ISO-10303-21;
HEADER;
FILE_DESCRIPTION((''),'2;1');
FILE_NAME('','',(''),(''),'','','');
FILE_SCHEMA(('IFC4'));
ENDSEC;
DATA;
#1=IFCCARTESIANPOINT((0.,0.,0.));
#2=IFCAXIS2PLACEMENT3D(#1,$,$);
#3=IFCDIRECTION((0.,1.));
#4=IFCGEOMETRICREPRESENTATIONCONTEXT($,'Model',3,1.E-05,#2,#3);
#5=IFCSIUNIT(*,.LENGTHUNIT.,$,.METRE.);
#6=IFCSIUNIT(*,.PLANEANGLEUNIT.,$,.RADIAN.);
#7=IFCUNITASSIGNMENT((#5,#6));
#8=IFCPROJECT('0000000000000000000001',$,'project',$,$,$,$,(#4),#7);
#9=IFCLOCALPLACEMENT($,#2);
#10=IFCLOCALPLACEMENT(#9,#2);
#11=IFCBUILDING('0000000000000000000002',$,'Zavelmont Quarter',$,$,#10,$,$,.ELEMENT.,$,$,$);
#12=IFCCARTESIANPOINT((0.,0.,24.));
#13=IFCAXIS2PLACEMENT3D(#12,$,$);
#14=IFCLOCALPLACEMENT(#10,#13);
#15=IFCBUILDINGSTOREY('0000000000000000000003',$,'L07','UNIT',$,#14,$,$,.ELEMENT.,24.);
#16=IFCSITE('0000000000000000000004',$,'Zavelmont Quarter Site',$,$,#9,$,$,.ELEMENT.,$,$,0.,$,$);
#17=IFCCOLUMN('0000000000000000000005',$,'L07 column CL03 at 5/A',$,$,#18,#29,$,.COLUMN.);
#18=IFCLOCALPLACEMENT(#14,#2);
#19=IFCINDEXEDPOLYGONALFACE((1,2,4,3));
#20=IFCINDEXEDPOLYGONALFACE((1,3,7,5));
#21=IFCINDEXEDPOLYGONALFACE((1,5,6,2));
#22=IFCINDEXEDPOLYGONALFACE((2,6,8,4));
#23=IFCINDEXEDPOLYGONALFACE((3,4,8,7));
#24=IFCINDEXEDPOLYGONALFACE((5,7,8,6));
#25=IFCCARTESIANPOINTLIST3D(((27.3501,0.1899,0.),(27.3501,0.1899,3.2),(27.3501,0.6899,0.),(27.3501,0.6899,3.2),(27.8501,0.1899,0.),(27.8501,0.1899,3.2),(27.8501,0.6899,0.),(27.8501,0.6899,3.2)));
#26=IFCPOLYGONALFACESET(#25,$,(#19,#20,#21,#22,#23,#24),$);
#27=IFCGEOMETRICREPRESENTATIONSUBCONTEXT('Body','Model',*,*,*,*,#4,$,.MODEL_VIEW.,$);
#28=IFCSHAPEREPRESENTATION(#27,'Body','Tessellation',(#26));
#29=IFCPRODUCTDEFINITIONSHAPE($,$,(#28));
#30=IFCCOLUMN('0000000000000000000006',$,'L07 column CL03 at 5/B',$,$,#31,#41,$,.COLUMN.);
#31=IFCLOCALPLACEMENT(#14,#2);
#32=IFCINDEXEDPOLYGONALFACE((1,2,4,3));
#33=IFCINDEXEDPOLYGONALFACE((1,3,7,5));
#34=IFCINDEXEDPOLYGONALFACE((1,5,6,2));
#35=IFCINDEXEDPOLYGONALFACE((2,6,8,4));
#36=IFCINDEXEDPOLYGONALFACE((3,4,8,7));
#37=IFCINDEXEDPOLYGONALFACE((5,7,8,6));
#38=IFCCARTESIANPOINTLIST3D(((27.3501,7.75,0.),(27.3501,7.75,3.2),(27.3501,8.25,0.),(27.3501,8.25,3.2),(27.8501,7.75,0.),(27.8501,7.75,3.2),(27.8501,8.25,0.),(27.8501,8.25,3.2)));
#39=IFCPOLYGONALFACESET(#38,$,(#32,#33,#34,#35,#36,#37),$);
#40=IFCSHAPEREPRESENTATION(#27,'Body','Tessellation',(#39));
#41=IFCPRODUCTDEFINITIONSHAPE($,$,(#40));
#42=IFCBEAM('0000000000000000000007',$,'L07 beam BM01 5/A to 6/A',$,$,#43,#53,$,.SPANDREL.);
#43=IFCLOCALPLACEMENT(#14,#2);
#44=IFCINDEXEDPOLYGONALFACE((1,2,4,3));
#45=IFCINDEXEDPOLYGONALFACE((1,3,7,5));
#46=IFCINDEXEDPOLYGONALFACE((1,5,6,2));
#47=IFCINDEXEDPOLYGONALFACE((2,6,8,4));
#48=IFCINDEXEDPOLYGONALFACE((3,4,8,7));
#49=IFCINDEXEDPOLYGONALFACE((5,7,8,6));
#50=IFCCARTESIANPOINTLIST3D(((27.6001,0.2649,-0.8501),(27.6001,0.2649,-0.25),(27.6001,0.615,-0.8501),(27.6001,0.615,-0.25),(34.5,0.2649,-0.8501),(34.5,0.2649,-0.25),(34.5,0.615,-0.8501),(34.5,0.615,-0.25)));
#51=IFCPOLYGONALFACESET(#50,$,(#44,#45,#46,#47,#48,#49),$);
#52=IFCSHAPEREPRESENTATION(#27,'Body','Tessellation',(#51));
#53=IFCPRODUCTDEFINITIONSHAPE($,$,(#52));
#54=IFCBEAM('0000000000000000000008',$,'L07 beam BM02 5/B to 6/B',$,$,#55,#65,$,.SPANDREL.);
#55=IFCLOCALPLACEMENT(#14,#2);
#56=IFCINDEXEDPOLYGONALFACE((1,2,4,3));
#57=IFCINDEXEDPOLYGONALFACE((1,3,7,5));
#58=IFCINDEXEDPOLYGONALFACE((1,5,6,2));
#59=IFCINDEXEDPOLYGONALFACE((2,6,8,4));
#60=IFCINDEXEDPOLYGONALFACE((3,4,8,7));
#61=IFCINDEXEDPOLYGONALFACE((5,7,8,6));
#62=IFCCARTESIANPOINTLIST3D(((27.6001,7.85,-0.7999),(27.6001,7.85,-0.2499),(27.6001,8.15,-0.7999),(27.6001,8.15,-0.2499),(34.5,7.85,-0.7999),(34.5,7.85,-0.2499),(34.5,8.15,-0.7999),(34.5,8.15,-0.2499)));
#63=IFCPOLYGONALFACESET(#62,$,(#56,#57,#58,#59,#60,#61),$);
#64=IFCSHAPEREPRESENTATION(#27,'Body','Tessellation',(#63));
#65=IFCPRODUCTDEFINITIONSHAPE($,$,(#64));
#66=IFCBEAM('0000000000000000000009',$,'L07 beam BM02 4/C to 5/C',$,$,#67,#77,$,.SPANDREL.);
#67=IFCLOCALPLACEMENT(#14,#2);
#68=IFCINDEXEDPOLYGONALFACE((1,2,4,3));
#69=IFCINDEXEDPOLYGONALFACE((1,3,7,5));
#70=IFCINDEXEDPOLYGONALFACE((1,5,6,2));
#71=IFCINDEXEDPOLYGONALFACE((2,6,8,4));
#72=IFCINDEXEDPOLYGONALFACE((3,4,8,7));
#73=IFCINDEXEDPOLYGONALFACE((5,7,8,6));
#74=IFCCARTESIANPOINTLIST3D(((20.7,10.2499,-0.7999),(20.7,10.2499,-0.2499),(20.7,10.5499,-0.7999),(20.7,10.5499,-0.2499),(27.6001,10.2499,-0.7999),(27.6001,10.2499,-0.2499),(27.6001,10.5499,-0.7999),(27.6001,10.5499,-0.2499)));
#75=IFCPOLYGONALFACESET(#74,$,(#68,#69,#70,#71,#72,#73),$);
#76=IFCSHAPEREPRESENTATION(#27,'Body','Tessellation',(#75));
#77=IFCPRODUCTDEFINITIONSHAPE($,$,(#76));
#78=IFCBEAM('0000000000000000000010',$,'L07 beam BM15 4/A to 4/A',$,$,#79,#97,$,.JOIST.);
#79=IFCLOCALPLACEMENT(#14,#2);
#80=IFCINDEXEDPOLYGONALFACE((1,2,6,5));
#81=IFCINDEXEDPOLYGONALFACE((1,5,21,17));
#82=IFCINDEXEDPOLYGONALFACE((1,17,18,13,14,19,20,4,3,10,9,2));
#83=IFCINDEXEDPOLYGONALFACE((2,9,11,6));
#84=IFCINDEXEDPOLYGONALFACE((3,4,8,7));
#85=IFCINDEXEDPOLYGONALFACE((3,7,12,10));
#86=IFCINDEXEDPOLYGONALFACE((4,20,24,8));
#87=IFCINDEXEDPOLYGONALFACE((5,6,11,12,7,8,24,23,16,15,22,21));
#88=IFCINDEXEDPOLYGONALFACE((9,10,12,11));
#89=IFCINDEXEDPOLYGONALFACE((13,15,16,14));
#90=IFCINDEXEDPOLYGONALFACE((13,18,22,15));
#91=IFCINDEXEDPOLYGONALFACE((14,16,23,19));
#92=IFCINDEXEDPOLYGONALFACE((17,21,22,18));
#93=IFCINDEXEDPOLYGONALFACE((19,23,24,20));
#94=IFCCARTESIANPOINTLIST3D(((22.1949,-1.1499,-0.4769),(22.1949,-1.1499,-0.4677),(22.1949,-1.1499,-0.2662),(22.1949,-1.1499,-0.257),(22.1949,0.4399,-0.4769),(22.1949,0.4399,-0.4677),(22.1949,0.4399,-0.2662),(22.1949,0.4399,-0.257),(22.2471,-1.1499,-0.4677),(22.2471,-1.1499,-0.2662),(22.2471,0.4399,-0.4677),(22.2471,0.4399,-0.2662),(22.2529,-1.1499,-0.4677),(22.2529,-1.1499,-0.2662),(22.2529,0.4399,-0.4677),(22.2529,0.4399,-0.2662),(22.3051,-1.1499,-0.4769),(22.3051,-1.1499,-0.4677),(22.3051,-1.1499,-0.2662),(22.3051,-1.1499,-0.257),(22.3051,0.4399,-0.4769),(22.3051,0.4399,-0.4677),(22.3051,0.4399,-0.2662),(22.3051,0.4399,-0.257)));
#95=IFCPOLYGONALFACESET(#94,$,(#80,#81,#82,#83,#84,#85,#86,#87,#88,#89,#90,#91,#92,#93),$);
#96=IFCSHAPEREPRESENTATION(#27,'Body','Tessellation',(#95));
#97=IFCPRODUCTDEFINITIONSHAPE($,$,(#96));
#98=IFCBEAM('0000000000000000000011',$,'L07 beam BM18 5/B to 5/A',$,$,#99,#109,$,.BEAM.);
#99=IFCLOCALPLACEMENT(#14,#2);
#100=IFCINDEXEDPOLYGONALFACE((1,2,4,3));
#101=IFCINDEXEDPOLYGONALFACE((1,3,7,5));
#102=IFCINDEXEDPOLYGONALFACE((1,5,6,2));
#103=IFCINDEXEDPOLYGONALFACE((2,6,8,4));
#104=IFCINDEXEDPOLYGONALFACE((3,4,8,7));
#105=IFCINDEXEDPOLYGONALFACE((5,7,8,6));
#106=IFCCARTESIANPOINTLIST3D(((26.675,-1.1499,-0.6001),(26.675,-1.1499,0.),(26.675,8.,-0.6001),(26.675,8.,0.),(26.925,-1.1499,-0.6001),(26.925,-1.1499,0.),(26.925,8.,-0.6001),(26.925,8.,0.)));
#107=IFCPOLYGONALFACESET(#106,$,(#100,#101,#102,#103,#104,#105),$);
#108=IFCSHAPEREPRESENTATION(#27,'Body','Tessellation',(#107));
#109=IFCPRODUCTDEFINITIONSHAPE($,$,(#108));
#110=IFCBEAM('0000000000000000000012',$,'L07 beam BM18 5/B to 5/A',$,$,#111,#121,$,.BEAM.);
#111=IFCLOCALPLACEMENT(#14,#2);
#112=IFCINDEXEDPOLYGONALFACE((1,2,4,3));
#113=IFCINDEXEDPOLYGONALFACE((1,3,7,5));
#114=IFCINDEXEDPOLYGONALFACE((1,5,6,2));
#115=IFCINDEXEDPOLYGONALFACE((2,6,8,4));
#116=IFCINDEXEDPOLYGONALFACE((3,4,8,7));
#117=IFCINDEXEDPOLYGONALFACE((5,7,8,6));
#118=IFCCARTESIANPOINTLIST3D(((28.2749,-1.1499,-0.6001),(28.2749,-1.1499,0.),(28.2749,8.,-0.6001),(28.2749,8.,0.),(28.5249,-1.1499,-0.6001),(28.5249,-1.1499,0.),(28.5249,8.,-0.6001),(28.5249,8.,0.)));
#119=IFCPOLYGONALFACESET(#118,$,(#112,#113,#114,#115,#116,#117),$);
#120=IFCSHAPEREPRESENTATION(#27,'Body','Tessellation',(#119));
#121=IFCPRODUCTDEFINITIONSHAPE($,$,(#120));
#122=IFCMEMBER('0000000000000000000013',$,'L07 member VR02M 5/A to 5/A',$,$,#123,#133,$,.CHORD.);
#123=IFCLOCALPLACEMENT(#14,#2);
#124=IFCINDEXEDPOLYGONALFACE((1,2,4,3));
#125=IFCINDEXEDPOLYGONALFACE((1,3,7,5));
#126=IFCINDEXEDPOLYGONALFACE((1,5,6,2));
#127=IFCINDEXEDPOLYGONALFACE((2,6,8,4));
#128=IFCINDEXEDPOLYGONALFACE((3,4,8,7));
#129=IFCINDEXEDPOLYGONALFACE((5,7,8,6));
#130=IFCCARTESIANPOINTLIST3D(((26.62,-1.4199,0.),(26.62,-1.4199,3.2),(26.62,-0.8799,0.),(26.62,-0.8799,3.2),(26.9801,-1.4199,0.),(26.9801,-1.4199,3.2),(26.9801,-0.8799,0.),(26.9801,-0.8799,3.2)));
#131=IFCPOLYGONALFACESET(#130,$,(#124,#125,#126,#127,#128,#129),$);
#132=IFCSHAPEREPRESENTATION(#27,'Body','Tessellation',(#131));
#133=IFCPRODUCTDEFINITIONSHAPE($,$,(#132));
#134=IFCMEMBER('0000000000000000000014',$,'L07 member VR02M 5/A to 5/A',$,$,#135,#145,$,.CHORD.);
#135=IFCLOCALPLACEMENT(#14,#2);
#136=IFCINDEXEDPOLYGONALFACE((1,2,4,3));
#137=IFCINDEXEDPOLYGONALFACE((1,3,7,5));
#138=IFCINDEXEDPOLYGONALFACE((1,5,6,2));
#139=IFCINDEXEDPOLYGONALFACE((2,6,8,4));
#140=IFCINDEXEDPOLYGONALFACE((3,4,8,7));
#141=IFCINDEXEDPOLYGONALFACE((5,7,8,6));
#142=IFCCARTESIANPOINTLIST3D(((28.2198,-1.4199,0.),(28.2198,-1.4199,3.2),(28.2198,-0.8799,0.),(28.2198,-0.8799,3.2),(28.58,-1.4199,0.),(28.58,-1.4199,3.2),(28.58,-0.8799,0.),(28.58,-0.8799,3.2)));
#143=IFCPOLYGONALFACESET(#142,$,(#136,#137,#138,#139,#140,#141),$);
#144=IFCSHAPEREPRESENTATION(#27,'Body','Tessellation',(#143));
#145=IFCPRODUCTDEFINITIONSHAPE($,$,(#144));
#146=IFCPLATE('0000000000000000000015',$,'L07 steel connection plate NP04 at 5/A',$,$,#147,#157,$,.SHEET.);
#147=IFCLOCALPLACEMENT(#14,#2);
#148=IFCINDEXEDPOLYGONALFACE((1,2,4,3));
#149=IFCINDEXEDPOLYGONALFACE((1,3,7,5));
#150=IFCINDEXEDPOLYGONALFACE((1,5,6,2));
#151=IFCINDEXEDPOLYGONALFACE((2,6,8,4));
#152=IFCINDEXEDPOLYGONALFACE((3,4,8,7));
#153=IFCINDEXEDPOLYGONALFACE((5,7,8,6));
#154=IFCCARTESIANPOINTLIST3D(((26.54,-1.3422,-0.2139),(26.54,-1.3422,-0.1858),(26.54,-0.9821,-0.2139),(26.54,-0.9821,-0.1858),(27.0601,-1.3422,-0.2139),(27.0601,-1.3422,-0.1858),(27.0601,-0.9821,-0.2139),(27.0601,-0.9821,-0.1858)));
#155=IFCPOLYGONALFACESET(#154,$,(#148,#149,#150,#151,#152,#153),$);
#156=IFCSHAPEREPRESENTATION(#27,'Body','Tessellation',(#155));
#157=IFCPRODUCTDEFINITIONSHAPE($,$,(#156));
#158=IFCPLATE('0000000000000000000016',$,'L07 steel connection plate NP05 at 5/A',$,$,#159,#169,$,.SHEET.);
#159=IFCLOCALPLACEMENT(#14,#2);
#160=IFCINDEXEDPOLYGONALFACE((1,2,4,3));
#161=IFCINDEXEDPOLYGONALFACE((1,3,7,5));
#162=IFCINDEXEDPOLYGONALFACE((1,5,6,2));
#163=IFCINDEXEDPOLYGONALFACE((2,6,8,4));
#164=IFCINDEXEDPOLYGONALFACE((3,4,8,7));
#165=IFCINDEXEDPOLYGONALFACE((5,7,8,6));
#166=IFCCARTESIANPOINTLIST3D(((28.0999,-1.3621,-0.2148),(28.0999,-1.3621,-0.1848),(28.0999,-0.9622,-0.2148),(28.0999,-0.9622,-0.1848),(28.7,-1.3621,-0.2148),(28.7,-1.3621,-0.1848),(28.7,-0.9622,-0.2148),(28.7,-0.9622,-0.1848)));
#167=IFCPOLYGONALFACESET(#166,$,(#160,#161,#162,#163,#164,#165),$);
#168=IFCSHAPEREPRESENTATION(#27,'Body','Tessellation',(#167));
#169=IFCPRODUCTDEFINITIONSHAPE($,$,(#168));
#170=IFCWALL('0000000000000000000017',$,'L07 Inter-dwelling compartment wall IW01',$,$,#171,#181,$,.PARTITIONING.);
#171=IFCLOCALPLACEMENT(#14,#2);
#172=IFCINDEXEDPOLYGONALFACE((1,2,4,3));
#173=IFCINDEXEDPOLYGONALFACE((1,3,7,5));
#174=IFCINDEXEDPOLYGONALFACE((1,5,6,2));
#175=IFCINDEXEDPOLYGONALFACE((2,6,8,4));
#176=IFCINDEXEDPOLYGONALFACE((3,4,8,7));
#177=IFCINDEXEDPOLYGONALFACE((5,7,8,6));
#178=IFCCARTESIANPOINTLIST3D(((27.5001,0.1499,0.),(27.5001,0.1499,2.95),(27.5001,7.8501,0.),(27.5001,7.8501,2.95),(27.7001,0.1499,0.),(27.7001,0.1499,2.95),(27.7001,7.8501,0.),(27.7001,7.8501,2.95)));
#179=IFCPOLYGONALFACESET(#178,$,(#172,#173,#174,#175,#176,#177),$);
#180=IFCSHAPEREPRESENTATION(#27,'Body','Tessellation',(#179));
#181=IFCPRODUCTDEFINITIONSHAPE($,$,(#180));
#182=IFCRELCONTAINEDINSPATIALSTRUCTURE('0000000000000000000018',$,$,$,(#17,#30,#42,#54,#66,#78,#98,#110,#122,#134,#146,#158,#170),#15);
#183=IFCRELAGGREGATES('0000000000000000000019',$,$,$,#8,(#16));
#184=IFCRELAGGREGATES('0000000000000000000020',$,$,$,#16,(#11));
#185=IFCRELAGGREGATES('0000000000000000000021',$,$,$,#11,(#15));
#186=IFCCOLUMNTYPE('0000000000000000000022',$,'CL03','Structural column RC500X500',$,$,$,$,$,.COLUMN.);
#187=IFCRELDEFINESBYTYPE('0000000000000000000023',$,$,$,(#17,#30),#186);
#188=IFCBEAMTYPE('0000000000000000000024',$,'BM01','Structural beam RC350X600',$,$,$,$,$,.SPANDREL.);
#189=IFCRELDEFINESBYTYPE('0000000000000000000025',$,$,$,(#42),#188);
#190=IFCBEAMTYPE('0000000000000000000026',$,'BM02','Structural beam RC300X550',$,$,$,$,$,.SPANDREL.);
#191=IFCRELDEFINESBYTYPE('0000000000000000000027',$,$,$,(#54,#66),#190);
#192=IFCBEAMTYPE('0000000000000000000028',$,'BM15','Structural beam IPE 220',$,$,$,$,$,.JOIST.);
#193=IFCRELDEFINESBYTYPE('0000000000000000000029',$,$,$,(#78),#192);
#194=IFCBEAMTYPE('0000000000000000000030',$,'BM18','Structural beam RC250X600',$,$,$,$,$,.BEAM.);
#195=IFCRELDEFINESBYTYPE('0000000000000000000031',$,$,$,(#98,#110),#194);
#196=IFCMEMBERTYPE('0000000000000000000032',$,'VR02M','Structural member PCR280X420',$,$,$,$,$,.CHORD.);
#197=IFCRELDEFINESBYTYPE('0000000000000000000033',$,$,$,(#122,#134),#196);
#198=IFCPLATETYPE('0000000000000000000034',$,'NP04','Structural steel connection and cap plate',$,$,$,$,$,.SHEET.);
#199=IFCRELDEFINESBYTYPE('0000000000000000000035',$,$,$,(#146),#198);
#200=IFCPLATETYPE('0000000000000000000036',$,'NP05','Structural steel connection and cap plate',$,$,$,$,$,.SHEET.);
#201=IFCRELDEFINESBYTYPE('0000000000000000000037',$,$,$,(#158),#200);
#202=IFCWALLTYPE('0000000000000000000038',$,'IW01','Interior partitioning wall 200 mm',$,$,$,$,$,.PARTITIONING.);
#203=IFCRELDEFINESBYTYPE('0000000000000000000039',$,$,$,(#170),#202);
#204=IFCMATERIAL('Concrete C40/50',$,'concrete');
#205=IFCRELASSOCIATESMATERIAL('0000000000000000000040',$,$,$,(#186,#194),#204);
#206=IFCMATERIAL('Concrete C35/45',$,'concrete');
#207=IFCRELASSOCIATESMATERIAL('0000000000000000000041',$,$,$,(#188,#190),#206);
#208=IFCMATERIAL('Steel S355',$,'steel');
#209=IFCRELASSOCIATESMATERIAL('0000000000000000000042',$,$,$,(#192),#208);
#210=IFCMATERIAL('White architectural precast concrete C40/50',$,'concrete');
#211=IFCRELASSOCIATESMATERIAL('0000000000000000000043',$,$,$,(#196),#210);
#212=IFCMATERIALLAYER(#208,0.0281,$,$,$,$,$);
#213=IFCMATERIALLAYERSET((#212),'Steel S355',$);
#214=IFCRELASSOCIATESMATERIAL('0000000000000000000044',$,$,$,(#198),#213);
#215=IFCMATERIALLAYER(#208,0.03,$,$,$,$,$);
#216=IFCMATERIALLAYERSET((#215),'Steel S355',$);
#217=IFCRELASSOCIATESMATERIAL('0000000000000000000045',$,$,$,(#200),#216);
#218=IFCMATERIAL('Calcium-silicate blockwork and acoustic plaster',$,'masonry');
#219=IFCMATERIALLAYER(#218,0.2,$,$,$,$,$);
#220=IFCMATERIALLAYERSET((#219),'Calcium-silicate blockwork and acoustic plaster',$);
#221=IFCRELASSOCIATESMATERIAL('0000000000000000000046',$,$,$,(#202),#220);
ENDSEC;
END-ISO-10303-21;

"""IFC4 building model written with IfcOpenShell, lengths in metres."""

from ifc_helpers import new_model, si_unit, direction, frame, frame_2d, origin, origin_2d, place, context, subcontext, project, spatial, rectangle, i_section, extrude, material, layer, layer_set, material_profile, profile_set, type_object, element, save


model = new_model("IFC4")

# Units and contexts
model_context = context("Model", 3, precision=1e-05, world=origin(), true_north=direction((0.0, 1.0)))
body_context = subcontext(model_context, "Body", "Model", "MODEL_VIEW")
ifc_project = project(units=[si_unit("LENGTHUNIT", "METRE"), si_unit("PLANEANGLEUNIT", "RADIAN")], contexts=[model_context])

# Site, building, storey
site_placement = place(None, origin())
site = spatial("IfcSite", under=ifc_project, at=site_placement, Name="Zavelmont Quarter Site", CompositionType="ELEMENT", RefElevation=0.0)
building_placement = place(site_placement, origin())
building = spatial("IfcBuilding", under=site, at=building_placement, Name="Zavelmont Quarter", CompositionType="ELEMENT")
storey_placement = place(building_placement, frame((0.0, 0.0, 24.0)))
storey = spatial("IfcBuildingStorey", under=building, at=storey_placement, Name="L07", Description="UNIT", CompositionType="ELEMENT", Elevation=24.0)

# Columns
ifc_material_1 = material(Name="Concrete C40/50", Category="concrete")
ifc_material_profile_1 = material_profile(ifc_material_1, rectangle(XDim=0.5, YDim=0.5, at=origin_2d()), Name="RC500X500")
ifc_profile_set_1 = profile_set([ifc_material_profile_1], Name="Concrete C40/50")
column_type = type_object("IfcColumnType", Name="CL03", Description="Structural column RC500X500", PredefinedType="COLUMN", material=ifc_profile_set_1)
for number, where, z_axis, x_axis, name in (
    (1, (27.6001, 0.4399, 0.0), (0.0, 0.0, 1.0), (1.0, 0.0, 0.0), "L07 column CL03 at 5/A"),
    (2, (27.6001, 8.0, 0.0), (0.0, 0.0, 1.0), (1.0, 0.0, 0.0), "L07 column CL03 at 5/B"),
):
    element("IfcColumn", number, at=place(storey_placement, frame(where, z_axis=z_axis, x_axis=x_axis)), inside=storey, type_object=column_type, Name=name, PredefinedType="COLUMN", context=body_context, shape_type="SweptSolid", body=[
        extrude(rectangle(XDim=0.5, YDim=0.5, at=origin_2d()), origin(), (0.0, 0.0, 1.0), 3.2),
    ])

# Beams
ifc_material_2 = material(Name="Concrete C35/45", Category="concrete")
ifc_material_profile_2 = material_profile(ifc_material_2, rectangle(XDim=0.3501, YDim=0.6001, at=origin_2d()), Name="RC350X600")
ifc_profile_set_2 = profile_set([ifc_material_profile_2], Name="Concrete C35/45")
beam_type_1 = type_object("IfcBeamType", Name="BM01", Description="Structural beam RC350X600", PredefinedType="SPANDREL", material=ifc_profile_set_2)
beam_1_placement = place(storey_placement, frame((27.6001, 0.4399, -0.55), z_axis=(1.0, 0.0, 0.0), x_axis=(0.0, 1.0, 0.0)))
element("IfcBeam", 3, at=beam_1_placement, inside=storey, type_object=beam_type_1, Name="L07 beam BM01 5/A to 6/A", PredefinedType="SPANDREL", context=body_context, shape_type="SweptSolid", body=[
    extrude(rectangle(XDim=0.3501, YDim=0.6001, at=origin_2d()), origin(), (0.0, 0.0, 1.0), 6.8999),
])
ifc_material_profile_3 = material_profile(ifc_material_2, rectangle(XDim=0.3, YDim=0.55, at=origin_2d()), Name="RC300X550")
ifc_profile_set_3 = profile_set([ifc_material_profile_3], Name="Concrete C35/45")
beam_type_2 = type_object("IfcBeamType", Name="BM02", Description="Structural beam RC300X550", PredefinedType="SPANDREL", material=ifc_profile_set_3)
beam_2_placement = place(storey_placement, frame((27.6001, 8.0, -0.5249), z_axis=(1.0, 0.0, 0.0), x_axis=(0.0, 1.0, 0.0)))
element("IfcBeam", 4, at=beam_2_placement, inside=storey, type_object=beam_type_2, Name="L07 beam BM02 5/B to 6/B", PredefinedType="SPANDREL", context=body_context, shape_type="SweptSolid", body=[
    extrude(rectangle(XDim=0.3, YDim=0.55, at=origin_2d()), origin(), (0.0, 0.0, 1.0), 6.8999),
])
beam_3_placement = place(storey_placement, frame((20.7, 10.3999, -0.5249), z_axis=(1.0, 0.0, 0.0), x_axis=(0.0, 1.0, 0.0)))
element("IfcBeam", 5, at=beam_3_placement, inside=storey, type_object=beam_type_2, Name="L07 beam BM02 4/C to 5/C", PredefinedType="SPANDREL", context=body_context, shape_type="SweptSolid", body=[
    extrude(rectangle(XDim=0.3, YDim=0.55, at=origin_2d()), origin(), (0.0, 0.0, 1.0), 6.9001),
])
ifc_material_3 = material(Name="Steel S355", Category="steel")
ifc_material_profile_4 = material_profile(ifc_material_3, i_section(OverallWidth=0.1101, OverallDepth=0.22, WebThickness=0.0059, FlangeThickness=0.0093, at=origin_2d()), Name="IPE 220")
ifc_profile_set_4 = profile_set([ifc_material_profile_4], Name="Steel S355")
beam_type_3 = type_object("IfcBeamType", Name="BM15", Description="Structural beam IPE 220", PredefinedType="JOIST", material=ifc_profile_set_4)
beam_4_placement = place(storey_placement, frame((22.25, 0.4399, -0.3669), z_axis=(0.0, -1.0, 0.0), x_axis=(1.0, 0.0, 0.0)))
element("IfcBeam", 6, at=beam_4_placement, inside=storey, type_object=beam_type_3, Name="L07 beam BM15 4/A to 4/A", PredefinedType="JOIST", context=body_context, shape_type="SweptSolid", body=[
    extrude(i_section(OverallWidth=0.1101, OverallDepth=0.22, WebThickness=0.0059, FlangeThickness=0.0093, at=origin_2d()), origin(), (0.0, 0.0, 1.0), 1.5898),
])
ifc_material_profile_5 = material_profile(ifc_material_1, rectangle(XDim=0.25, YDim=0.6001, at=origin_2d()), Name="RC250X600")
ifc_profile_set_5 = profile_set([ifc_material_profile_5], Name="Concrete C40/50")
beam_type_4 = type_object("IfcBeamType", Name="BM18", Description="Structural beam RC250X600", PredefinedType="BEAM", material=ifc_profile_set_5)
for number, where, z_axis, x_axis, name in (
    (7, (26.8, 8.0, -0.3), (0.0, -1.0, 0.0), (1.0, 0.0, 0.0), "L07 beam BM18 5/B to 5/A"),
    (8, (28.3999, 8.0, -0.3), (0.0, -1.0, 0.0), (1.0, 0.0, 0.0), "L07 beam BM18 5/B to 5/A"),
):
    element("IfcBeam", number, at=place(storey_placement, frame(where, z_axis=z_axis, x_axis=x_axis)), inside=storey, type_object=beam_type_4, Name=name, PredefinedType="BEAM", context=body_context, shape_type="SweptSolid", body=[
        extrude(rectangle(XDim=0.25, YDim=0.6001, at=origin_2d()), origin(), (0.0, 0.0, 1.0), 9.1499),
    ])

# Members
ifc_material_4 = material(Name="White architectural precast concrete C40/50", Category="concrete")
ifc_material_profile_6 = material_profile(ifc_material_4, rectangle(XDim=0.3601, YDim=0.54, at=origin_2d()), Name="PCR280X420")
ifc_profile_set_6 = profile_set([ifc_material_profile_6], Name="White architectural precast concrete C40/50")
member_type = type_object("IfcMemberType", Name="VR02M", Description="Structural member PCR280X420", PredefinedType="CHORD", material=ifc_profile_set_6)
for number, where, z_axis, x_axis, name in (
    (9, (26.8, -1.1499, 0.0), (0.0, 0.0, 1.0), (1.0, 0.0, 0.0), "L07 member VR02M 5/A to 5/A"),
    (10, (28.3999, -1.1499, 0.0), (0.0, 0.0, 1.0), (1.0, 0.0, 0.0), "L07 member VR02M 5/A to 5/A"),
):
    element("IfcMember", number, at=place(storey_placement, frame(where, z_axis=z_axis, x_axis=x_axis)), inside=storey, type_object=member_type, Name=name, PredefinedType="CHORD", context=body_context, shape_type="SweptSolid", body=[
        extrude(rectangle(XDim=0.3601, YDim=0.54, at=origin_2d()), origin(), (0.0, 0.0, 1.0), 3.2),
    ])

# Plates
ifc_layer_1 = layer(ifc_material_3, 0.0281)
ifc_layer_set_1 = layer_set([ifc_layer_1], Name="Steel S355")
plate_type_1 = type_object("IfcPlateType", Name="NP04", Description="Structural steel connection and cap plate", PredefinedType="SHEET", material=ifc_layer_set_1)
plate_1_placement = place(storey_placement, frame((26.8, -1.1621, -0.2139), z_axis=(0.0, 0.0, 1.0), x_axis=(1.0, 0.0, 0.0)))
element("IfcPlate", 11, at=plate_1_placement, inside=storey, type_object=plate_type_1, Name="L07 steel connection plate NP04 at 5/A", PredefinedType="SHEET", context=body_context, shape_type="SweptSolid", body=[
    extrude(rectangle(XDim=0.52, YDim=0.3601, at=origin_2d()), origin(), (0.0, 0.0, 1.0), 0.0281),
])
ifc_layer_2 = layer(ifc_material_3, 0.03)
ifc_layer_set_2 = layer_set([ifc_layer_2], Name="Steel S355")
plate_type_2 = type_object("IfcPlateType", Name="NP05", Description="Structural steel connection and cap plate", PredefinedType="SHEET", material=ifc_layer_set_2)
plate_2_placement = place(storey_placement, frame((28.3999, -1.1621, -0.2148), z_axis=(0.0, 0.0, 1.0), x_axis=(1.0, 0.0, 0.0)))
element("IfcPlate", 12, at=plate_2_placement, inside=storey, type_object=plate_type_2, Name="L07 steel connection plate NP05 at 5/A", PredefinedType="SHEET", context=body_context, shape_type="SweptSolid", body=[
    extrude(rectangle(XDim=0.6001, YDim=0.3999, at=origin_2d()), origin(), (0.0, 0.0, 1.0), 0.03),
])

# Wall
ifc_material_5 = material(Name="Calcium-silicate blockwork and acoustic plaster", Category="masonry")
ifc_layer_3 = layer(ifc_material_5, 0.2)
ifc_layer_set_3 = layer_set([ifc_layer_3], Name="Calcium-silicate blockwork and acoustic plaster")
wall_type_1 = type_object("IfcWallType", Name="IW01", Description="Interior partitioning wall 200 mm", PredefinedType="PARTITIONING", material=ifc_layer_set_3)
wall_1_placement = place(storey_placement, frame((27.6001, 7.8501, 0.0), z_axis=(0.0, 0.0, 1.0), x_axis=(0.0, -1.0, 0.0)))
element("IfcWall", 13, at=wall_1_placement, inside=storey, type_object=wall_type_1, Name="L07 Inter-dwelling compartment wall IW01", PredefinedType="PARTITIONING", context=body_context, shape_type="SweptSolid", body=[
    extrude(rectangle(XDim=7.7002, YDim=0.2, at=frame_2d((3.8501, 0.0))), origin(), (0.0, 0.0, 1.0), 2.95),
])

save(model, "model.ifc")
